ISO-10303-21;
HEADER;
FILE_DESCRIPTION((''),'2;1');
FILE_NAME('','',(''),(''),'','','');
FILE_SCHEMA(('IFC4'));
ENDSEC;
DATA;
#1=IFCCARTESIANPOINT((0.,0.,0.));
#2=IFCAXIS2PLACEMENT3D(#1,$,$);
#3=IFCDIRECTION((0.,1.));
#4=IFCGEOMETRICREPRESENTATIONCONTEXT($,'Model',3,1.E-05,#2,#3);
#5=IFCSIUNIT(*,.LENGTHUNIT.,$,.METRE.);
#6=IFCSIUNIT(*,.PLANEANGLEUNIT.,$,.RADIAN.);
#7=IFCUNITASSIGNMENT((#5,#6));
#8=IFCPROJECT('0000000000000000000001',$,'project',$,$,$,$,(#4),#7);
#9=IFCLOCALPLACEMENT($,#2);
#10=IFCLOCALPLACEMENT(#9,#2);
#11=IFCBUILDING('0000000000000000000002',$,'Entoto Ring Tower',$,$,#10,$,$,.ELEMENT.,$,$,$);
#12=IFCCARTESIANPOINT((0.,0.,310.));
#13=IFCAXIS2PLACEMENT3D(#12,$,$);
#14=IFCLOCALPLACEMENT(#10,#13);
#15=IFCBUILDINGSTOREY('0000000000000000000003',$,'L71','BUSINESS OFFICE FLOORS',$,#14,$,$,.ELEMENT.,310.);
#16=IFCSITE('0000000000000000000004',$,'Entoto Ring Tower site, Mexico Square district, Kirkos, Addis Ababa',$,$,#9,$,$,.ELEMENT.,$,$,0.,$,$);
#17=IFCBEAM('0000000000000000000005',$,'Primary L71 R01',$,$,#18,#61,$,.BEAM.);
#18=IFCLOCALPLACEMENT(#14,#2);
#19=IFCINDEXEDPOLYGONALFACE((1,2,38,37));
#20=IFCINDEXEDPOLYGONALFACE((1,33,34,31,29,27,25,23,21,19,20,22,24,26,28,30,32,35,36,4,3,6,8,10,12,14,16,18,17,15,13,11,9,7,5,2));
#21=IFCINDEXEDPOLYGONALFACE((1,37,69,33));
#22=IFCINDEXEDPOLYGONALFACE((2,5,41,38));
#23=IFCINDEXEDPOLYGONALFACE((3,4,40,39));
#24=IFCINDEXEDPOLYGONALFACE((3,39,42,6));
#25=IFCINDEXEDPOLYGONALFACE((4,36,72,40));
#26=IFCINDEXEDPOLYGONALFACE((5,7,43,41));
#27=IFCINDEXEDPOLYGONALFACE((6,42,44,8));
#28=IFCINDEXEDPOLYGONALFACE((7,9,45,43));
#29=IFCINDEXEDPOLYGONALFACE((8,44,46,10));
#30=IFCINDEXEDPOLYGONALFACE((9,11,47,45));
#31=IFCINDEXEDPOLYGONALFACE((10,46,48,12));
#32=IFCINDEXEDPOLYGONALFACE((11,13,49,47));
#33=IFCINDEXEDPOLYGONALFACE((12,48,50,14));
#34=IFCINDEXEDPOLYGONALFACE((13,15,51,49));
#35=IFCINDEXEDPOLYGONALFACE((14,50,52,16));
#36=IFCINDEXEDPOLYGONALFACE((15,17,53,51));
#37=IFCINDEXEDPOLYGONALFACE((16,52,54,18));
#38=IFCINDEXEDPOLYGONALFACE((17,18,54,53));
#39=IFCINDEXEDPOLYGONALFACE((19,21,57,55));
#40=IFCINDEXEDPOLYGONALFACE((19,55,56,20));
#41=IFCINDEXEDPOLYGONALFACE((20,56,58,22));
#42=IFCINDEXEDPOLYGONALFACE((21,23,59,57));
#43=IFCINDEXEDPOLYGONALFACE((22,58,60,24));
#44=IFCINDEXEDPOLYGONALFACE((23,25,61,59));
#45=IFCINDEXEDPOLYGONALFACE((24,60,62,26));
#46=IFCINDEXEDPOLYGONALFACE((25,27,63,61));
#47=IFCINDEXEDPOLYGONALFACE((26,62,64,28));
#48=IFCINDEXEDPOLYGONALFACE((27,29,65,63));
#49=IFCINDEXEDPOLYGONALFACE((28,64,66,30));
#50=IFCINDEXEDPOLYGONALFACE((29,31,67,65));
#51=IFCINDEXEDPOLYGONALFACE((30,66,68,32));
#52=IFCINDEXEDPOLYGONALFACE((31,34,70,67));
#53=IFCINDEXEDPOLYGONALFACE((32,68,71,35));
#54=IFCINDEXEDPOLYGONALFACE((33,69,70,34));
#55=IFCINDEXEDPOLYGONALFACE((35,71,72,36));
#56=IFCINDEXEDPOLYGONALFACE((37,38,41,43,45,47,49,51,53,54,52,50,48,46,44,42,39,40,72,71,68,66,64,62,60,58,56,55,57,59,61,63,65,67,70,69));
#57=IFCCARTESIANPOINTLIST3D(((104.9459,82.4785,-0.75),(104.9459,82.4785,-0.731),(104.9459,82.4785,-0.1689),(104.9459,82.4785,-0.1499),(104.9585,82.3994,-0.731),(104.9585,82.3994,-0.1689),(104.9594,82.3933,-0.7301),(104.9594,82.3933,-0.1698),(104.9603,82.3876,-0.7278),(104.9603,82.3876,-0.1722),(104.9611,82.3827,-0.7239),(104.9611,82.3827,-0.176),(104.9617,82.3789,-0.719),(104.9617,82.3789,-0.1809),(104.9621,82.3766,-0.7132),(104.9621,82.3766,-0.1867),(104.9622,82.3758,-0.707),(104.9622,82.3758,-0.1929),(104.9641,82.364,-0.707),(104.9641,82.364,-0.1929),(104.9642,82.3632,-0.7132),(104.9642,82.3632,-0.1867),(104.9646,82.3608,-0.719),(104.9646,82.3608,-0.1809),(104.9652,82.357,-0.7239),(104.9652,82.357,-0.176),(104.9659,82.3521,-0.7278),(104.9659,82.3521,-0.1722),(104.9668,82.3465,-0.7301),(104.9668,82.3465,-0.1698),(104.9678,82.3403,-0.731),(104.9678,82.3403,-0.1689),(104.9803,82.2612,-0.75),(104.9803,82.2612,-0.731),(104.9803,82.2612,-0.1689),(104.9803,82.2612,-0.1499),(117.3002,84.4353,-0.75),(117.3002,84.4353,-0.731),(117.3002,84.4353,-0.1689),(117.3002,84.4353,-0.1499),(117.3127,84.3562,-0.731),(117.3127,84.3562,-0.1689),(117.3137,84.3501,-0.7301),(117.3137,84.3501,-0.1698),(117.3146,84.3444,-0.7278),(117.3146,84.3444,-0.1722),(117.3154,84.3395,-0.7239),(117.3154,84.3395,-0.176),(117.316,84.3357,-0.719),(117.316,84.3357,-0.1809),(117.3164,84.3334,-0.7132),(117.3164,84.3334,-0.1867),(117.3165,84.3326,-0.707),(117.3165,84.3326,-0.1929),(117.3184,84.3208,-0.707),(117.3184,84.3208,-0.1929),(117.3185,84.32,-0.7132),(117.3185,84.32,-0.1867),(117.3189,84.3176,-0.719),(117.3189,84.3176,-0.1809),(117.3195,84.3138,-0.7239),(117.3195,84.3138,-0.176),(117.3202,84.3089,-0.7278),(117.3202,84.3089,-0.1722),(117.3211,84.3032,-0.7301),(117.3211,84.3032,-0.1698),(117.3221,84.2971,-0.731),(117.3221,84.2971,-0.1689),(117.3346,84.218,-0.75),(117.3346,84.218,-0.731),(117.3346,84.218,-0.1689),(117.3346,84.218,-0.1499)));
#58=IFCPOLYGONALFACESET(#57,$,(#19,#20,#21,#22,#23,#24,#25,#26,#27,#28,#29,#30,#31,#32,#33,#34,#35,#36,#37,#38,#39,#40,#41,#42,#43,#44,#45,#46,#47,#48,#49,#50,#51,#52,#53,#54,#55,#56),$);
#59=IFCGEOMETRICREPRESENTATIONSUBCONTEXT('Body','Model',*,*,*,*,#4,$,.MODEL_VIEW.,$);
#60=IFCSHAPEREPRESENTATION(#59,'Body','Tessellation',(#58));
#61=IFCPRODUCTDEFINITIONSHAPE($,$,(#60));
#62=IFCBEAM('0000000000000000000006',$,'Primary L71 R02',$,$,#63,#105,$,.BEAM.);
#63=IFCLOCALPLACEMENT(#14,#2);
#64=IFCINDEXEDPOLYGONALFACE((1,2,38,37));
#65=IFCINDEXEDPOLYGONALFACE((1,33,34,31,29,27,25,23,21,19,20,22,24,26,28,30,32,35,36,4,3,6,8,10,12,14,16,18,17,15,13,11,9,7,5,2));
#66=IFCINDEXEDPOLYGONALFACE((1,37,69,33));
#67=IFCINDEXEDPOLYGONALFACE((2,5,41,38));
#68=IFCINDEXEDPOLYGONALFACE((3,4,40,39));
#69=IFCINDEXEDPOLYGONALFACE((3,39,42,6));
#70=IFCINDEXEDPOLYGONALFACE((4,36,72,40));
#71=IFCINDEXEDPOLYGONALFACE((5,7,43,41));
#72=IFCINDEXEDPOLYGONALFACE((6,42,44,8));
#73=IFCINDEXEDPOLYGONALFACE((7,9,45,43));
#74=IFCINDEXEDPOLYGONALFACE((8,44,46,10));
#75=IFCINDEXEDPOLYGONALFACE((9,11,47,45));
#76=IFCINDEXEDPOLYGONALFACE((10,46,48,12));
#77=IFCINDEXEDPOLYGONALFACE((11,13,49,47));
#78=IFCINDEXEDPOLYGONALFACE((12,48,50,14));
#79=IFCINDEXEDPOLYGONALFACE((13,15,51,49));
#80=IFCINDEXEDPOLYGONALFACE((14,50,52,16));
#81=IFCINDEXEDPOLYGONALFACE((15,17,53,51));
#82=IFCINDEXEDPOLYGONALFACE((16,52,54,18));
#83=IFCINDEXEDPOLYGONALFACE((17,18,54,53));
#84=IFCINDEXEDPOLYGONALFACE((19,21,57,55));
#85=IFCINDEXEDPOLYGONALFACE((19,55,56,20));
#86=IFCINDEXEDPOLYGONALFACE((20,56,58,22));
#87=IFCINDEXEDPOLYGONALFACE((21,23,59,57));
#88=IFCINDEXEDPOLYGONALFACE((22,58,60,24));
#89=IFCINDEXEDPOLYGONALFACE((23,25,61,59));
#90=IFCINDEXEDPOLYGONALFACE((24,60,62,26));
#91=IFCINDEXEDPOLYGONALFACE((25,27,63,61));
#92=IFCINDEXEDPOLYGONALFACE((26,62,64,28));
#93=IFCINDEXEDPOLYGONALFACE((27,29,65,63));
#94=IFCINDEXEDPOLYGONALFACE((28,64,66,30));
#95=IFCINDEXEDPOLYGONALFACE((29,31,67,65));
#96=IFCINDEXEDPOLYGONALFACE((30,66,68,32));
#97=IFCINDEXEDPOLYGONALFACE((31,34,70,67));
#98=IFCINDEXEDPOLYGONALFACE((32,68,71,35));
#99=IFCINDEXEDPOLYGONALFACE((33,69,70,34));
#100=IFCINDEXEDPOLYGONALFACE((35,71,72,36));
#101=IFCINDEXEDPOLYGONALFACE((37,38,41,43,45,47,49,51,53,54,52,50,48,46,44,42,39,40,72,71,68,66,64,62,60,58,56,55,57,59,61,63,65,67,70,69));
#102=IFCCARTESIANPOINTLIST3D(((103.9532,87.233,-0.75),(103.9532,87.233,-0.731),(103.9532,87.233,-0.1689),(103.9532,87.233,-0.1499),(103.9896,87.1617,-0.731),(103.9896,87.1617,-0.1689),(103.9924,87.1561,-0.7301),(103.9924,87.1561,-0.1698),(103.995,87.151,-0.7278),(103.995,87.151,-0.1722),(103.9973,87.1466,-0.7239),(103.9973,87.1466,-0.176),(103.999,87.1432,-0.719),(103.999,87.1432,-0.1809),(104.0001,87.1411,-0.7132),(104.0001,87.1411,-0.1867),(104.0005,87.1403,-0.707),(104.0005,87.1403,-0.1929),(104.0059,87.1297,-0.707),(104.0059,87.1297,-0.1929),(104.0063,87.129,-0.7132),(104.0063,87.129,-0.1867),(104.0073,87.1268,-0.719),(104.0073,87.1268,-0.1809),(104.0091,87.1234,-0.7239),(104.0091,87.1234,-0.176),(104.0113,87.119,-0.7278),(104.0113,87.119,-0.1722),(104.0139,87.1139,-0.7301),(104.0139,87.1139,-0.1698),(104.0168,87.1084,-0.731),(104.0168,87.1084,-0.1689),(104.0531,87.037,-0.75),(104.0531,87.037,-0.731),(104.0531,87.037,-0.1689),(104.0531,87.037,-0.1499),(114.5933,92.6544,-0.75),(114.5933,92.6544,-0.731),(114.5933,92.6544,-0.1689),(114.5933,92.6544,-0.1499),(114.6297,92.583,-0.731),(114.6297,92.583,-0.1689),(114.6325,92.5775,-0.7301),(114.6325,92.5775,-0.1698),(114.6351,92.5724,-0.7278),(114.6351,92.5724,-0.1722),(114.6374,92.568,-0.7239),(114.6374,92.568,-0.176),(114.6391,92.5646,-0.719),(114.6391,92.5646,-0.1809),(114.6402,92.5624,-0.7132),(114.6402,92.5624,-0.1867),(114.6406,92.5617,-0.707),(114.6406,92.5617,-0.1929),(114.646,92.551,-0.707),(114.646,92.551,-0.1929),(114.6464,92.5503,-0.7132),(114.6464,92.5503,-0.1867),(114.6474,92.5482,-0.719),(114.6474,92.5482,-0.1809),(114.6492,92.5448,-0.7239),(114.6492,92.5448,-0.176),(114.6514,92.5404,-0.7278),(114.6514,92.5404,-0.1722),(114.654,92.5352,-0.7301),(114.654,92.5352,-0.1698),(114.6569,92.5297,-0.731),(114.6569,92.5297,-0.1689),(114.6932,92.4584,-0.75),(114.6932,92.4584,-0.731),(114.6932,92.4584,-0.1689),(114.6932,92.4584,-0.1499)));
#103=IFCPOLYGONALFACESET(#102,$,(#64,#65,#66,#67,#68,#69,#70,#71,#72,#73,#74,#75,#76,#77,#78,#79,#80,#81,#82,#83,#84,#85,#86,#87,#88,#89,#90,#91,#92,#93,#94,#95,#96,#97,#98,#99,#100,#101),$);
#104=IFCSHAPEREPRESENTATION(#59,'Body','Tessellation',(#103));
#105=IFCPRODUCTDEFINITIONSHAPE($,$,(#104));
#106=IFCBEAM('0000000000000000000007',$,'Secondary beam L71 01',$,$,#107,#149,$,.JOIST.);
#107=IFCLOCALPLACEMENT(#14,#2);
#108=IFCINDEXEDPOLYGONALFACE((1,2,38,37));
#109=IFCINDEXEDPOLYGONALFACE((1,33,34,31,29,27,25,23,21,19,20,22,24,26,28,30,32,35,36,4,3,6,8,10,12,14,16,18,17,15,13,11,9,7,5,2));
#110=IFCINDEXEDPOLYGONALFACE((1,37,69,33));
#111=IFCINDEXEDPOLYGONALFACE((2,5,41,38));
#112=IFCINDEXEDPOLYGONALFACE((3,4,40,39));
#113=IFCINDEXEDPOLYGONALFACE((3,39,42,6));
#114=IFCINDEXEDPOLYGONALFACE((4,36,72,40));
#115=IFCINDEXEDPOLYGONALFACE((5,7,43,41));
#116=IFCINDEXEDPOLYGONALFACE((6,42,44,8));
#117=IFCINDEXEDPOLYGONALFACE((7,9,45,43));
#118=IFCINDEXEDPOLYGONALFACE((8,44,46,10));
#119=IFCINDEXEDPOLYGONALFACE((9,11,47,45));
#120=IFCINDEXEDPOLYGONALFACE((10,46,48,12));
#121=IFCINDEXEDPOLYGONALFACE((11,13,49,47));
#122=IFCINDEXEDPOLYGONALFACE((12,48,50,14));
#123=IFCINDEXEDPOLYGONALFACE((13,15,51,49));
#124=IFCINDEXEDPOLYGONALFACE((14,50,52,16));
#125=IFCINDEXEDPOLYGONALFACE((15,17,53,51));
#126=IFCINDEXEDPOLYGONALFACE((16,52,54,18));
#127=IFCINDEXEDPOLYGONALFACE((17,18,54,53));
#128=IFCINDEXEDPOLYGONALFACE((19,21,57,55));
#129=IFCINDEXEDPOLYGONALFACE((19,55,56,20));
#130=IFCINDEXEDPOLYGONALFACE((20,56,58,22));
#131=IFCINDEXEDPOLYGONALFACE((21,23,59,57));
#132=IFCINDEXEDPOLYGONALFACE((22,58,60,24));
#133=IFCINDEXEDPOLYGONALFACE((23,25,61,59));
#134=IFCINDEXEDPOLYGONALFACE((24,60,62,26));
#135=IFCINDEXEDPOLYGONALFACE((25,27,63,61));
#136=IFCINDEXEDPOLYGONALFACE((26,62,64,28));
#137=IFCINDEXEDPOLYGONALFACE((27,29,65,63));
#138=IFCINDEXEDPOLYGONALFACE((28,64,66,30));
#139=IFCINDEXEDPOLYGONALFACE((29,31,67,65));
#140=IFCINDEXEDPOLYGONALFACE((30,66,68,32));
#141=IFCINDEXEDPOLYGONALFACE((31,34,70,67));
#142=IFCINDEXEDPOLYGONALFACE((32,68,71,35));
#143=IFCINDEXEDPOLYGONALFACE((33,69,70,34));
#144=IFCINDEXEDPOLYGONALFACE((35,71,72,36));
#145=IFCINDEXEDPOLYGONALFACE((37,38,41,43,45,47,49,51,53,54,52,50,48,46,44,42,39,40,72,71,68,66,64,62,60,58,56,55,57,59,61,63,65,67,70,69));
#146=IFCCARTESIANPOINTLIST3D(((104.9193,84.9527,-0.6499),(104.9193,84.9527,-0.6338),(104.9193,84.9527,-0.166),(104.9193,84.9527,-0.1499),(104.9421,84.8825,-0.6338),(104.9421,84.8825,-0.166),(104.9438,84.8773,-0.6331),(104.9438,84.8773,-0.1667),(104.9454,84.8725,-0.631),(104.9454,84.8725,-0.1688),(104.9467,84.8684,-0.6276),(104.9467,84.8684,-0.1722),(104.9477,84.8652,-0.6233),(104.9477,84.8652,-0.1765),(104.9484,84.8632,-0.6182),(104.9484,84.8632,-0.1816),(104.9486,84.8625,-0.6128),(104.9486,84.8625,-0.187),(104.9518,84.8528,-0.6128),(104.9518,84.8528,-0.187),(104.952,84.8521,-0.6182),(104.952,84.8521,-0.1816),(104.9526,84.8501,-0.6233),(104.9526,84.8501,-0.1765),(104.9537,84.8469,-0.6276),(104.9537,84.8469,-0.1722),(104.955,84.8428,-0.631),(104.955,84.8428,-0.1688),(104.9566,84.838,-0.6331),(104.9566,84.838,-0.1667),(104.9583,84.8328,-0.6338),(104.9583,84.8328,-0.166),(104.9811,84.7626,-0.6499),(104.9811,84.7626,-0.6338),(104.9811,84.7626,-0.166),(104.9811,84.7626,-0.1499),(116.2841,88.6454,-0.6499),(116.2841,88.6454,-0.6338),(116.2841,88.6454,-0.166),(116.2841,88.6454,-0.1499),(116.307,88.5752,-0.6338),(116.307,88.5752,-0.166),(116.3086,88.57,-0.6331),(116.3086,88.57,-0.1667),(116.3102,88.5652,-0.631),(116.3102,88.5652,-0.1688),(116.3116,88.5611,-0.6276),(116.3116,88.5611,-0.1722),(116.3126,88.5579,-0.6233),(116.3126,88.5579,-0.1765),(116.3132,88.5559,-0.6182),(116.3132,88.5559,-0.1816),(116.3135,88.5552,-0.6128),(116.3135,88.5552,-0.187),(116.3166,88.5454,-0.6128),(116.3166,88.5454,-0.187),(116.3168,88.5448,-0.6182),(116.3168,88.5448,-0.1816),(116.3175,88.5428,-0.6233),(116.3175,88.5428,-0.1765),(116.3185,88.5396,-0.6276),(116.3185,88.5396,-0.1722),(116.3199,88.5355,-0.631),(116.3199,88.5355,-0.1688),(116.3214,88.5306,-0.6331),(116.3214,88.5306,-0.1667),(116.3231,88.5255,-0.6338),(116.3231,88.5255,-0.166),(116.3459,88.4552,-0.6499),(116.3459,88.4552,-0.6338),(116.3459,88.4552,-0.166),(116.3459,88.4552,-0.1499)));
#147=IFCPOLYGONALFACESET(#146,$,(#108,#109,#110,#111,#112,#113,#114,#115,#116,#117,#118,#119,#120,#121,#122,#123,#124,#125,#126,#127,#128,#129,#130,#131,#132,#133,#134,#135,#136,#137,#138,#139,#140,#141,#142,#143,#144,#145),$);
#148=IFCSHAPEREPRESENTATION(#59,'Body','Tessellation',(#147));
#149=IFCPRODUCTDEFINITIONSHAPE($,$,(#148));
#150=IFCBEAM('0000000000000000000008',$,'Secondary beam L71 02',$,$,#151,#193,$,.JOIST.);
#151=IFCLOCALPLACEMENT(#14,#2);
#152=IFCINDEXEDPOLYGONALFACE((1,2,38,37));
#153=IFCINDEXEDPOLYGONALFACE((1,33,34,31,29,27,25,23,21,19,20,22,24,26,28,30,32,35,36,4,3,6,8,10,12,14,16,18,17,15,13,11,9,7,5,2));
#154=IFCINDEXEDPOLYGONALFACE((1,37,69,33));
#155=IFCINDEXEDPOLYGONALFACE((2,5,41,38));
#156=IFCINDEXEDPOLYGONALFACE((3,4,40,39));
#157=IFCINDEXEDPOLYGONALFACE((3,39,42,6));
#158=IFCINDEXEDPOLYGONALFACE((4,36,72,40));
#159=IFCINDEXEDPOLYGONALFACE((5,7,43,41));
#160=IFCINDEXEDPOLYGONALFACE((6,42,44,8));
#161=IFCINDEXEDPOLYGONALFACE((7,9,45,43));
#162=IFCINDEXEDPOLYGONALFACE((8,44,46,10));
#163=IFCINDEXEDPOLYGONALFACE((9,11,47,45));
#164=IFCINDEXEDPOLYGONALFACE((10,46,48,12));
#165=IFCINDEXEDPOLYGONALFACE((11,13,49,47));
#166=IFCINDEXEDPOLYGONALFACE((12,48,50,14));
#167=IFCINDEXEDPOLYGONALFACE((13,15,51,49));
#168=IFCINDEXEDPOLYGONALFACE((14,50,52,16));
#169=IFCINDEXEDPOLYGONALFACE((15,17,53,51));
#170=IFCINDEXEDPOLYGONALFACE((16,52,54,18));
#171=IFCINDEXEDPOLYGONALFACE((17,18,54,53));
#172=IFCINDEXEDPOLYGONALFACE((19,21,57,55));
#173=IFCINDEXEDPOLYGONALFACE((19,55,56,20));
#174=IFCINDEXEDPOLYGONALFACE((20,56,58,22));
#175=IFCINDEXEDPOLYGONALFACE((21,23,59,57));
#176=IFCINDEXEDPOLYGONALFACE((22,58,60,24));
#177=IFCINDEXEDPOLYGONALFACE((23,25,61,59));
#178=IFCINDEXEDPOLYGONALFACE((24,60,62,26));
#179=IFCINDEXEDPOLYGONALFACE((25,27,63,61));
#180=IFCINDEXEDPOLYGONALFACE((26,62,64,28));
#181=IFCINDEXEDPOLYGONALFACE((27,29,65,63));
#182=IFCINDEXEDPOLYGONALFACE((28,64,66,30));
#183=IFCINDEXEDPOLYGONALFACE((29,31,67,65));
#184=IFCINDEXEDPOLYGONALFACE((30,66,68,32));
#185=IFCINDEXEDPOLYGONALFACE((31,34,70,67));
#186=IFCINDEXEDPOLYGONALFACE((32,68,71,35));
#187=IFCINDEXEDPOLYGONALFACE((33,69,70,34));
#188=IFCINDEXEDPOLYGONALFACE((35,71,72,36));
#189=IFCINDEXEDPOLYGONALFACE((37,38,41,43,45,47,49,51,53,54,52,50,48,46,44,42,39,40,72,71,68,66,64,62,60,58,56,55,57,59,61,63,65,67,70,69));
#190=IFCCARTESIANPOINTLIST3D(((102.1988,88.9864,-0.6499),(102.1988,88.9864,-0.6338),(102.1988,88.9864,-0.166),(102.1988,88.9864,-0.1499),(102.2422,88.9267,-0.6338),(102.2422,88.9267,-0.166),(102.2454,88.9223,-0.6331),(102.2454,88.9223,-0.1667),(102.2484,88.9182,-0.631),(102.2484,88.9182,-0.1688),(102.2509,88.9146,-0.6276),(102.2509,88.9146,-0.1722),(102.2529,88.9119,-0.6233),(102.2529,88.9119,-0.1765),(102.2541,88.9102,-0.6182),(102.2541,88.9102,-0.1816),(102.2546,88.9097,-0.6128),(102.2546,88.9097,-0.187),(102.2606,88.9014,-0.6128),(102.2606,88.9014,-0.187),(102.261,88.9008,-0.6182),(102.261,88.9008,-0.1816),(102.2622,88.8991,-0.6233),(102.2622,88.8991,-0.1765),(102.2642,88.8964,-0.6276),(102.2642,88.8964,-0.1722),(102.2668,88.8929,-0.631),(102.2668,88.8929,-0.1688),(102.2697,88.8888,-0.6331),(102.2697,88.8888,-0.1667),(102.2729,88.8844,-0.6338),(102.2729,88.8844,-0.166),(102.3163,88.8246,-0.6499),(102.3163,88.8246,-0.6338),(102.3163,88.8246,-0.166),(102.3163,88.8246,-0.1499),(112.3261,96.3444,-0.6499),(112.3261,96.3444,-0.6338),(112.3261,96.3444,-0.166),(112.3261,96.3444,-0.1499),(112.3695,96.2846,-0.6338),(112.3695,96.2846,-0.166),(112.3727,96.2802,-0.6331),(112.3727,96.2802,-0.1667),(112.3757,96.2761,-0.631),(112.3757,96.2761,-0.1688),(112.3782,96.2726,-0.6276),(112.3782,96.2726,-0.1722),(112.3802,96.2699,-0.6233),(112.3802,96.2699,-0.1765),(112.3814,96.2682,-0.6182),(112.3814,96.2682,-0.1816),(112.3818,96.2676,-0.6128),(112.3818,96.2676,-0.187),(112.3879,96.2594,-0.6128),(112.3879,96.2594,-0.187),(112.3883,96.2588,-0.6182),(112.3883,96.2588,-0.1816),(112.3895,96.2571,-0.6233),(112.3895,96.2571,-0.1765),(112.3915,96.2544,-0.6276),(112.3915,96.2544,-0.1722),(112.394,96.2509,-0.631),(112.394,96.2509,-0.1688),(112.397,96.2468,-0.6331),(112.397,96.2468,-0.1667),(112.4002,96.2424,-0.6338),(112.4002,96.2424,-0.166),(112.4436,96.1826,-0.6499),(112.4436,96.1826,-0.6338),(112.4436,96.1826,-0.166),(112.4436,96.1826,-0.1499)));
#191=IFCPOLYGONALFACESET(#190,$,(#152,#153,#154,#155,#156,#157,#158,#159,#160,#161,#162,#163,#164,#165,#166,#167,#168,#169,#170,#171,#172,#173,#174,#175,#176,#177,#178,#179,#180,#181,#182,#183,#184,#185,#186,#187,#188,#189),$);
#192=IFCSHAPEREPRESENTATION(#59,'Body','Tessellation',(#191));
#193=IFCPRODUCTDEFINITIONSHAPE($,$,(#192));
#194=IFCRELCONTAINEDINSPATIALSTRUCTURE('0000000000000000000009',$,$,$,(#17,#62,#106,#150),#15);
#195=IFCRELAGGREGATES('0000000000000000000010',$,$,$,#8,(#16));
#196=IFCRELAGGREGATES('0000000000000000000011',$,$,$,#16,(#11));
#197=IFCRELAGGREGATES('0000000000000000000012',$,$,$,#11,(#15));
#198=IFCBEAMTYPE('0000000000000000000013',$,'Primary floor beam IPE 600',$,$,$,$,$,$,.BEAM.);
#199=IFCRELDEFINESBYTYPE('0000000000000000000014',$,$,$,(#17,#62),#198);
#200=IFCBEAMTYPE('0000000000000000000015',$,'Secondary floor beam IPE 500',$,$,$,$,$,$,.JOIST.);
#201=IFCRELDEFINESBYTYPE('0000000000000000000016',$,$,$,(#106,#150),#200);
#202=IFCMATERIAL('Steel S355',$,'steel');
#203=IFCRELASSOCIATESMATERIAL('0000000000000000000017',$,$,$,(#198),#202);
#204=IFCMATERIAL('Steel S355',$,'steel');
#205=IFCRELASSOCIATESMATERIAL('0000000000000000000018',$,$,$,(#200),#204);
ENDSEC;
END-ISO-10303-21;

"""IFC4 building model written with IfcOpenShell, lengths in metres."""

from ifc_helpers import new_model, si_unit, direction, frame, origin, origin_2d, place, context, subcontext, project, spatial, i_section, extrude, material, material_profile, profile_set, type_object, element, save


model = new_model("IFC4")

# Units and contexts
model_context = context("Model", 3, precision=1e-05, world=origin(), true_north=direction((0.0, 1.0)))
body_context = subcontext(model_context, "Body", "Model", "MODEL_VIEW")
ifc_project = project(units=[si_unit("LENGTHUNIT", "METRE"), si_unit("PLANEANGLEUNIT", "RADIAN")], contexts=[model_context])

# Site, building, storey
site_placement = place(None, origin())
site = spatial("IfcSite", under=ifc_project, at=site_placement, Name="Entoto Ring Tower site, Mexico Square district, Kirkos, Addis Ababa", CompositionType="ELEMENT", RefElevation=0.0)
building_placement = place(site_placement, origin())
building = spatial("IfcBuilding", under=site, at=building_placement, Name="Entoto Ring Tower", CompositionType="ELEMENT")
storey_placement = place(building_placement, frame((0.0, 0.0, 310.0)))
storey = spatial("IfcBuildingStorey", under=building, at=storey_placement, Name="L71", Description="BUSINESS OFFICE FLOORS", CompositionType="ELEMENT", Elevation=310.0)

# Beams
ifc_material_1 = material(Name="Steel S355", Category="steel")
ifc_material_profile_1 = material_profile(ifc_material_1, i_section(OverallWidth=0.22, OverallDepth=0.6001, WebThickness=0.012, FlangeThickness=0.019, FilletRadius=0.0239, at=origin_2d()), Name="IPE 600")
ifc_profile_set_1 = profile_set([ifc_material_profile_1], Name="Steel S355")
beam_type_1 = type_object("IfcBeamType", Name="Primary floor beam IPE 600", PredefinedType="BEAM", material=ifc_profile_set_1)
beam_1_placement = place(storey_placement, frame((104.9631, 82.3699, -0.45), z_axis=(0.987688, 0.15644, 0.0), x_axis=(-0.15644, 0.987688, 0.0)))
element("IfcBeam", 1, at=beam_1_placement, inside=storey, type_object=beam_type_1, Name="Primary L71 R01", PredefinedType="BEAM", context=body_context, shape_type="SweptSolid", body=[
    extrude(i_section(OverallWidth=0.22, OverallDepth=0.6001, WebThickness=0.012, FlangeThickness=0.019, FilletRadius=0.0239, at=origin_2d()), origin(), (0.0, 0.0, 1.0), 12.5083),
])
beam_2_placement = place(storey_placement, frame((104.0032, 87.135, -0.45), z_axis=(0.891008, 0.453988, 0.0), x_axis=(-0.453988, 0.891008, 0.0)))
element("IfcBeam", 2, at=beam_2_placement, inside=storey, type_object=beam_type_1, Name="Primary L71 R02", PredefinedType="BEAM", context=body_context, shape_type="SweptSolid", body=[
    extrude(i_section(OverallWidth=0.22, OverallDepth=0.6001, WebThickness=0.012, FlangeThickness=0.019, FilletRadius=0.0239, at=origin_2d()), origin(), (0.0, 0.0, 1.0), 11.9417),
])
ifc_material_2 = material(Name="Steel S355", Category="steel")
ifc_material_profile_2 = material_profile(ifc_material_2, i_section(OverallWidth=0.2, OverallDepth=0.5, WebThickness=0.0103, FlangeThickness=0.0161, FilletRadius=0.021, at=origin_2d()), Name="IPE 500")
ifc_profile_set_2 = profile_set([ifc_material_profile_2], Name="Steel S355")
beam_type_2 = type_object("IfcBeamType", Name="Secondary floor beam IPE 500", PredefinedType="JOIST", material=ifc_profile_set_2)
beam_3_placement = place(storey_placement, frame((104.9502, 84.8577, -0.3999), z_axis=(0.951057, 0.309017, 0.0), x_axis=(-0.309017, 0.951057, 0.0)))
element("IfcBeam", 3, at=beam_3_placement, inside=storey, type_object=beam_type_2, Name="Secondary beam L71 01", PredefinedType="JOIST", context=body_context, shape_type="SweptSolid", body=[
    extrude(i_section(OverallWidth=0.2, OverallDepth=0.5, WebThickness=0.0103, FlangeThickness=0.0161, FilletRadius=0.021, at=origin_2d()), origin(), (0.0, 0.0, 1.0), 11.9497),
])
beam_4_placement = place(storey_placement, frame((102.2576, 88.9055, -0.3999), z_axis=(0.809014, 0.587789, 0.0), x_axis=(-0.587789, 0.809014, 0.0)))
element("IfcBeam", 4, at=beam_4_placement, inside=storey, type_object=beam_type_2, Name="Secondary beam L71 02", PredefinedType="JOIST", context=body_context, shape_type="SweptSolid", body=[
    extrude(i_section(OverallWidth=0.2, OverallDepth=0.5, WebThickness=0.0103, FlangeThickness=0.0161, FilletRadius=0.021, at=origin_2d()), origin(), (0.0, 0.0, 1.0), 12.5181),
])

save(model, "model.ifc")
